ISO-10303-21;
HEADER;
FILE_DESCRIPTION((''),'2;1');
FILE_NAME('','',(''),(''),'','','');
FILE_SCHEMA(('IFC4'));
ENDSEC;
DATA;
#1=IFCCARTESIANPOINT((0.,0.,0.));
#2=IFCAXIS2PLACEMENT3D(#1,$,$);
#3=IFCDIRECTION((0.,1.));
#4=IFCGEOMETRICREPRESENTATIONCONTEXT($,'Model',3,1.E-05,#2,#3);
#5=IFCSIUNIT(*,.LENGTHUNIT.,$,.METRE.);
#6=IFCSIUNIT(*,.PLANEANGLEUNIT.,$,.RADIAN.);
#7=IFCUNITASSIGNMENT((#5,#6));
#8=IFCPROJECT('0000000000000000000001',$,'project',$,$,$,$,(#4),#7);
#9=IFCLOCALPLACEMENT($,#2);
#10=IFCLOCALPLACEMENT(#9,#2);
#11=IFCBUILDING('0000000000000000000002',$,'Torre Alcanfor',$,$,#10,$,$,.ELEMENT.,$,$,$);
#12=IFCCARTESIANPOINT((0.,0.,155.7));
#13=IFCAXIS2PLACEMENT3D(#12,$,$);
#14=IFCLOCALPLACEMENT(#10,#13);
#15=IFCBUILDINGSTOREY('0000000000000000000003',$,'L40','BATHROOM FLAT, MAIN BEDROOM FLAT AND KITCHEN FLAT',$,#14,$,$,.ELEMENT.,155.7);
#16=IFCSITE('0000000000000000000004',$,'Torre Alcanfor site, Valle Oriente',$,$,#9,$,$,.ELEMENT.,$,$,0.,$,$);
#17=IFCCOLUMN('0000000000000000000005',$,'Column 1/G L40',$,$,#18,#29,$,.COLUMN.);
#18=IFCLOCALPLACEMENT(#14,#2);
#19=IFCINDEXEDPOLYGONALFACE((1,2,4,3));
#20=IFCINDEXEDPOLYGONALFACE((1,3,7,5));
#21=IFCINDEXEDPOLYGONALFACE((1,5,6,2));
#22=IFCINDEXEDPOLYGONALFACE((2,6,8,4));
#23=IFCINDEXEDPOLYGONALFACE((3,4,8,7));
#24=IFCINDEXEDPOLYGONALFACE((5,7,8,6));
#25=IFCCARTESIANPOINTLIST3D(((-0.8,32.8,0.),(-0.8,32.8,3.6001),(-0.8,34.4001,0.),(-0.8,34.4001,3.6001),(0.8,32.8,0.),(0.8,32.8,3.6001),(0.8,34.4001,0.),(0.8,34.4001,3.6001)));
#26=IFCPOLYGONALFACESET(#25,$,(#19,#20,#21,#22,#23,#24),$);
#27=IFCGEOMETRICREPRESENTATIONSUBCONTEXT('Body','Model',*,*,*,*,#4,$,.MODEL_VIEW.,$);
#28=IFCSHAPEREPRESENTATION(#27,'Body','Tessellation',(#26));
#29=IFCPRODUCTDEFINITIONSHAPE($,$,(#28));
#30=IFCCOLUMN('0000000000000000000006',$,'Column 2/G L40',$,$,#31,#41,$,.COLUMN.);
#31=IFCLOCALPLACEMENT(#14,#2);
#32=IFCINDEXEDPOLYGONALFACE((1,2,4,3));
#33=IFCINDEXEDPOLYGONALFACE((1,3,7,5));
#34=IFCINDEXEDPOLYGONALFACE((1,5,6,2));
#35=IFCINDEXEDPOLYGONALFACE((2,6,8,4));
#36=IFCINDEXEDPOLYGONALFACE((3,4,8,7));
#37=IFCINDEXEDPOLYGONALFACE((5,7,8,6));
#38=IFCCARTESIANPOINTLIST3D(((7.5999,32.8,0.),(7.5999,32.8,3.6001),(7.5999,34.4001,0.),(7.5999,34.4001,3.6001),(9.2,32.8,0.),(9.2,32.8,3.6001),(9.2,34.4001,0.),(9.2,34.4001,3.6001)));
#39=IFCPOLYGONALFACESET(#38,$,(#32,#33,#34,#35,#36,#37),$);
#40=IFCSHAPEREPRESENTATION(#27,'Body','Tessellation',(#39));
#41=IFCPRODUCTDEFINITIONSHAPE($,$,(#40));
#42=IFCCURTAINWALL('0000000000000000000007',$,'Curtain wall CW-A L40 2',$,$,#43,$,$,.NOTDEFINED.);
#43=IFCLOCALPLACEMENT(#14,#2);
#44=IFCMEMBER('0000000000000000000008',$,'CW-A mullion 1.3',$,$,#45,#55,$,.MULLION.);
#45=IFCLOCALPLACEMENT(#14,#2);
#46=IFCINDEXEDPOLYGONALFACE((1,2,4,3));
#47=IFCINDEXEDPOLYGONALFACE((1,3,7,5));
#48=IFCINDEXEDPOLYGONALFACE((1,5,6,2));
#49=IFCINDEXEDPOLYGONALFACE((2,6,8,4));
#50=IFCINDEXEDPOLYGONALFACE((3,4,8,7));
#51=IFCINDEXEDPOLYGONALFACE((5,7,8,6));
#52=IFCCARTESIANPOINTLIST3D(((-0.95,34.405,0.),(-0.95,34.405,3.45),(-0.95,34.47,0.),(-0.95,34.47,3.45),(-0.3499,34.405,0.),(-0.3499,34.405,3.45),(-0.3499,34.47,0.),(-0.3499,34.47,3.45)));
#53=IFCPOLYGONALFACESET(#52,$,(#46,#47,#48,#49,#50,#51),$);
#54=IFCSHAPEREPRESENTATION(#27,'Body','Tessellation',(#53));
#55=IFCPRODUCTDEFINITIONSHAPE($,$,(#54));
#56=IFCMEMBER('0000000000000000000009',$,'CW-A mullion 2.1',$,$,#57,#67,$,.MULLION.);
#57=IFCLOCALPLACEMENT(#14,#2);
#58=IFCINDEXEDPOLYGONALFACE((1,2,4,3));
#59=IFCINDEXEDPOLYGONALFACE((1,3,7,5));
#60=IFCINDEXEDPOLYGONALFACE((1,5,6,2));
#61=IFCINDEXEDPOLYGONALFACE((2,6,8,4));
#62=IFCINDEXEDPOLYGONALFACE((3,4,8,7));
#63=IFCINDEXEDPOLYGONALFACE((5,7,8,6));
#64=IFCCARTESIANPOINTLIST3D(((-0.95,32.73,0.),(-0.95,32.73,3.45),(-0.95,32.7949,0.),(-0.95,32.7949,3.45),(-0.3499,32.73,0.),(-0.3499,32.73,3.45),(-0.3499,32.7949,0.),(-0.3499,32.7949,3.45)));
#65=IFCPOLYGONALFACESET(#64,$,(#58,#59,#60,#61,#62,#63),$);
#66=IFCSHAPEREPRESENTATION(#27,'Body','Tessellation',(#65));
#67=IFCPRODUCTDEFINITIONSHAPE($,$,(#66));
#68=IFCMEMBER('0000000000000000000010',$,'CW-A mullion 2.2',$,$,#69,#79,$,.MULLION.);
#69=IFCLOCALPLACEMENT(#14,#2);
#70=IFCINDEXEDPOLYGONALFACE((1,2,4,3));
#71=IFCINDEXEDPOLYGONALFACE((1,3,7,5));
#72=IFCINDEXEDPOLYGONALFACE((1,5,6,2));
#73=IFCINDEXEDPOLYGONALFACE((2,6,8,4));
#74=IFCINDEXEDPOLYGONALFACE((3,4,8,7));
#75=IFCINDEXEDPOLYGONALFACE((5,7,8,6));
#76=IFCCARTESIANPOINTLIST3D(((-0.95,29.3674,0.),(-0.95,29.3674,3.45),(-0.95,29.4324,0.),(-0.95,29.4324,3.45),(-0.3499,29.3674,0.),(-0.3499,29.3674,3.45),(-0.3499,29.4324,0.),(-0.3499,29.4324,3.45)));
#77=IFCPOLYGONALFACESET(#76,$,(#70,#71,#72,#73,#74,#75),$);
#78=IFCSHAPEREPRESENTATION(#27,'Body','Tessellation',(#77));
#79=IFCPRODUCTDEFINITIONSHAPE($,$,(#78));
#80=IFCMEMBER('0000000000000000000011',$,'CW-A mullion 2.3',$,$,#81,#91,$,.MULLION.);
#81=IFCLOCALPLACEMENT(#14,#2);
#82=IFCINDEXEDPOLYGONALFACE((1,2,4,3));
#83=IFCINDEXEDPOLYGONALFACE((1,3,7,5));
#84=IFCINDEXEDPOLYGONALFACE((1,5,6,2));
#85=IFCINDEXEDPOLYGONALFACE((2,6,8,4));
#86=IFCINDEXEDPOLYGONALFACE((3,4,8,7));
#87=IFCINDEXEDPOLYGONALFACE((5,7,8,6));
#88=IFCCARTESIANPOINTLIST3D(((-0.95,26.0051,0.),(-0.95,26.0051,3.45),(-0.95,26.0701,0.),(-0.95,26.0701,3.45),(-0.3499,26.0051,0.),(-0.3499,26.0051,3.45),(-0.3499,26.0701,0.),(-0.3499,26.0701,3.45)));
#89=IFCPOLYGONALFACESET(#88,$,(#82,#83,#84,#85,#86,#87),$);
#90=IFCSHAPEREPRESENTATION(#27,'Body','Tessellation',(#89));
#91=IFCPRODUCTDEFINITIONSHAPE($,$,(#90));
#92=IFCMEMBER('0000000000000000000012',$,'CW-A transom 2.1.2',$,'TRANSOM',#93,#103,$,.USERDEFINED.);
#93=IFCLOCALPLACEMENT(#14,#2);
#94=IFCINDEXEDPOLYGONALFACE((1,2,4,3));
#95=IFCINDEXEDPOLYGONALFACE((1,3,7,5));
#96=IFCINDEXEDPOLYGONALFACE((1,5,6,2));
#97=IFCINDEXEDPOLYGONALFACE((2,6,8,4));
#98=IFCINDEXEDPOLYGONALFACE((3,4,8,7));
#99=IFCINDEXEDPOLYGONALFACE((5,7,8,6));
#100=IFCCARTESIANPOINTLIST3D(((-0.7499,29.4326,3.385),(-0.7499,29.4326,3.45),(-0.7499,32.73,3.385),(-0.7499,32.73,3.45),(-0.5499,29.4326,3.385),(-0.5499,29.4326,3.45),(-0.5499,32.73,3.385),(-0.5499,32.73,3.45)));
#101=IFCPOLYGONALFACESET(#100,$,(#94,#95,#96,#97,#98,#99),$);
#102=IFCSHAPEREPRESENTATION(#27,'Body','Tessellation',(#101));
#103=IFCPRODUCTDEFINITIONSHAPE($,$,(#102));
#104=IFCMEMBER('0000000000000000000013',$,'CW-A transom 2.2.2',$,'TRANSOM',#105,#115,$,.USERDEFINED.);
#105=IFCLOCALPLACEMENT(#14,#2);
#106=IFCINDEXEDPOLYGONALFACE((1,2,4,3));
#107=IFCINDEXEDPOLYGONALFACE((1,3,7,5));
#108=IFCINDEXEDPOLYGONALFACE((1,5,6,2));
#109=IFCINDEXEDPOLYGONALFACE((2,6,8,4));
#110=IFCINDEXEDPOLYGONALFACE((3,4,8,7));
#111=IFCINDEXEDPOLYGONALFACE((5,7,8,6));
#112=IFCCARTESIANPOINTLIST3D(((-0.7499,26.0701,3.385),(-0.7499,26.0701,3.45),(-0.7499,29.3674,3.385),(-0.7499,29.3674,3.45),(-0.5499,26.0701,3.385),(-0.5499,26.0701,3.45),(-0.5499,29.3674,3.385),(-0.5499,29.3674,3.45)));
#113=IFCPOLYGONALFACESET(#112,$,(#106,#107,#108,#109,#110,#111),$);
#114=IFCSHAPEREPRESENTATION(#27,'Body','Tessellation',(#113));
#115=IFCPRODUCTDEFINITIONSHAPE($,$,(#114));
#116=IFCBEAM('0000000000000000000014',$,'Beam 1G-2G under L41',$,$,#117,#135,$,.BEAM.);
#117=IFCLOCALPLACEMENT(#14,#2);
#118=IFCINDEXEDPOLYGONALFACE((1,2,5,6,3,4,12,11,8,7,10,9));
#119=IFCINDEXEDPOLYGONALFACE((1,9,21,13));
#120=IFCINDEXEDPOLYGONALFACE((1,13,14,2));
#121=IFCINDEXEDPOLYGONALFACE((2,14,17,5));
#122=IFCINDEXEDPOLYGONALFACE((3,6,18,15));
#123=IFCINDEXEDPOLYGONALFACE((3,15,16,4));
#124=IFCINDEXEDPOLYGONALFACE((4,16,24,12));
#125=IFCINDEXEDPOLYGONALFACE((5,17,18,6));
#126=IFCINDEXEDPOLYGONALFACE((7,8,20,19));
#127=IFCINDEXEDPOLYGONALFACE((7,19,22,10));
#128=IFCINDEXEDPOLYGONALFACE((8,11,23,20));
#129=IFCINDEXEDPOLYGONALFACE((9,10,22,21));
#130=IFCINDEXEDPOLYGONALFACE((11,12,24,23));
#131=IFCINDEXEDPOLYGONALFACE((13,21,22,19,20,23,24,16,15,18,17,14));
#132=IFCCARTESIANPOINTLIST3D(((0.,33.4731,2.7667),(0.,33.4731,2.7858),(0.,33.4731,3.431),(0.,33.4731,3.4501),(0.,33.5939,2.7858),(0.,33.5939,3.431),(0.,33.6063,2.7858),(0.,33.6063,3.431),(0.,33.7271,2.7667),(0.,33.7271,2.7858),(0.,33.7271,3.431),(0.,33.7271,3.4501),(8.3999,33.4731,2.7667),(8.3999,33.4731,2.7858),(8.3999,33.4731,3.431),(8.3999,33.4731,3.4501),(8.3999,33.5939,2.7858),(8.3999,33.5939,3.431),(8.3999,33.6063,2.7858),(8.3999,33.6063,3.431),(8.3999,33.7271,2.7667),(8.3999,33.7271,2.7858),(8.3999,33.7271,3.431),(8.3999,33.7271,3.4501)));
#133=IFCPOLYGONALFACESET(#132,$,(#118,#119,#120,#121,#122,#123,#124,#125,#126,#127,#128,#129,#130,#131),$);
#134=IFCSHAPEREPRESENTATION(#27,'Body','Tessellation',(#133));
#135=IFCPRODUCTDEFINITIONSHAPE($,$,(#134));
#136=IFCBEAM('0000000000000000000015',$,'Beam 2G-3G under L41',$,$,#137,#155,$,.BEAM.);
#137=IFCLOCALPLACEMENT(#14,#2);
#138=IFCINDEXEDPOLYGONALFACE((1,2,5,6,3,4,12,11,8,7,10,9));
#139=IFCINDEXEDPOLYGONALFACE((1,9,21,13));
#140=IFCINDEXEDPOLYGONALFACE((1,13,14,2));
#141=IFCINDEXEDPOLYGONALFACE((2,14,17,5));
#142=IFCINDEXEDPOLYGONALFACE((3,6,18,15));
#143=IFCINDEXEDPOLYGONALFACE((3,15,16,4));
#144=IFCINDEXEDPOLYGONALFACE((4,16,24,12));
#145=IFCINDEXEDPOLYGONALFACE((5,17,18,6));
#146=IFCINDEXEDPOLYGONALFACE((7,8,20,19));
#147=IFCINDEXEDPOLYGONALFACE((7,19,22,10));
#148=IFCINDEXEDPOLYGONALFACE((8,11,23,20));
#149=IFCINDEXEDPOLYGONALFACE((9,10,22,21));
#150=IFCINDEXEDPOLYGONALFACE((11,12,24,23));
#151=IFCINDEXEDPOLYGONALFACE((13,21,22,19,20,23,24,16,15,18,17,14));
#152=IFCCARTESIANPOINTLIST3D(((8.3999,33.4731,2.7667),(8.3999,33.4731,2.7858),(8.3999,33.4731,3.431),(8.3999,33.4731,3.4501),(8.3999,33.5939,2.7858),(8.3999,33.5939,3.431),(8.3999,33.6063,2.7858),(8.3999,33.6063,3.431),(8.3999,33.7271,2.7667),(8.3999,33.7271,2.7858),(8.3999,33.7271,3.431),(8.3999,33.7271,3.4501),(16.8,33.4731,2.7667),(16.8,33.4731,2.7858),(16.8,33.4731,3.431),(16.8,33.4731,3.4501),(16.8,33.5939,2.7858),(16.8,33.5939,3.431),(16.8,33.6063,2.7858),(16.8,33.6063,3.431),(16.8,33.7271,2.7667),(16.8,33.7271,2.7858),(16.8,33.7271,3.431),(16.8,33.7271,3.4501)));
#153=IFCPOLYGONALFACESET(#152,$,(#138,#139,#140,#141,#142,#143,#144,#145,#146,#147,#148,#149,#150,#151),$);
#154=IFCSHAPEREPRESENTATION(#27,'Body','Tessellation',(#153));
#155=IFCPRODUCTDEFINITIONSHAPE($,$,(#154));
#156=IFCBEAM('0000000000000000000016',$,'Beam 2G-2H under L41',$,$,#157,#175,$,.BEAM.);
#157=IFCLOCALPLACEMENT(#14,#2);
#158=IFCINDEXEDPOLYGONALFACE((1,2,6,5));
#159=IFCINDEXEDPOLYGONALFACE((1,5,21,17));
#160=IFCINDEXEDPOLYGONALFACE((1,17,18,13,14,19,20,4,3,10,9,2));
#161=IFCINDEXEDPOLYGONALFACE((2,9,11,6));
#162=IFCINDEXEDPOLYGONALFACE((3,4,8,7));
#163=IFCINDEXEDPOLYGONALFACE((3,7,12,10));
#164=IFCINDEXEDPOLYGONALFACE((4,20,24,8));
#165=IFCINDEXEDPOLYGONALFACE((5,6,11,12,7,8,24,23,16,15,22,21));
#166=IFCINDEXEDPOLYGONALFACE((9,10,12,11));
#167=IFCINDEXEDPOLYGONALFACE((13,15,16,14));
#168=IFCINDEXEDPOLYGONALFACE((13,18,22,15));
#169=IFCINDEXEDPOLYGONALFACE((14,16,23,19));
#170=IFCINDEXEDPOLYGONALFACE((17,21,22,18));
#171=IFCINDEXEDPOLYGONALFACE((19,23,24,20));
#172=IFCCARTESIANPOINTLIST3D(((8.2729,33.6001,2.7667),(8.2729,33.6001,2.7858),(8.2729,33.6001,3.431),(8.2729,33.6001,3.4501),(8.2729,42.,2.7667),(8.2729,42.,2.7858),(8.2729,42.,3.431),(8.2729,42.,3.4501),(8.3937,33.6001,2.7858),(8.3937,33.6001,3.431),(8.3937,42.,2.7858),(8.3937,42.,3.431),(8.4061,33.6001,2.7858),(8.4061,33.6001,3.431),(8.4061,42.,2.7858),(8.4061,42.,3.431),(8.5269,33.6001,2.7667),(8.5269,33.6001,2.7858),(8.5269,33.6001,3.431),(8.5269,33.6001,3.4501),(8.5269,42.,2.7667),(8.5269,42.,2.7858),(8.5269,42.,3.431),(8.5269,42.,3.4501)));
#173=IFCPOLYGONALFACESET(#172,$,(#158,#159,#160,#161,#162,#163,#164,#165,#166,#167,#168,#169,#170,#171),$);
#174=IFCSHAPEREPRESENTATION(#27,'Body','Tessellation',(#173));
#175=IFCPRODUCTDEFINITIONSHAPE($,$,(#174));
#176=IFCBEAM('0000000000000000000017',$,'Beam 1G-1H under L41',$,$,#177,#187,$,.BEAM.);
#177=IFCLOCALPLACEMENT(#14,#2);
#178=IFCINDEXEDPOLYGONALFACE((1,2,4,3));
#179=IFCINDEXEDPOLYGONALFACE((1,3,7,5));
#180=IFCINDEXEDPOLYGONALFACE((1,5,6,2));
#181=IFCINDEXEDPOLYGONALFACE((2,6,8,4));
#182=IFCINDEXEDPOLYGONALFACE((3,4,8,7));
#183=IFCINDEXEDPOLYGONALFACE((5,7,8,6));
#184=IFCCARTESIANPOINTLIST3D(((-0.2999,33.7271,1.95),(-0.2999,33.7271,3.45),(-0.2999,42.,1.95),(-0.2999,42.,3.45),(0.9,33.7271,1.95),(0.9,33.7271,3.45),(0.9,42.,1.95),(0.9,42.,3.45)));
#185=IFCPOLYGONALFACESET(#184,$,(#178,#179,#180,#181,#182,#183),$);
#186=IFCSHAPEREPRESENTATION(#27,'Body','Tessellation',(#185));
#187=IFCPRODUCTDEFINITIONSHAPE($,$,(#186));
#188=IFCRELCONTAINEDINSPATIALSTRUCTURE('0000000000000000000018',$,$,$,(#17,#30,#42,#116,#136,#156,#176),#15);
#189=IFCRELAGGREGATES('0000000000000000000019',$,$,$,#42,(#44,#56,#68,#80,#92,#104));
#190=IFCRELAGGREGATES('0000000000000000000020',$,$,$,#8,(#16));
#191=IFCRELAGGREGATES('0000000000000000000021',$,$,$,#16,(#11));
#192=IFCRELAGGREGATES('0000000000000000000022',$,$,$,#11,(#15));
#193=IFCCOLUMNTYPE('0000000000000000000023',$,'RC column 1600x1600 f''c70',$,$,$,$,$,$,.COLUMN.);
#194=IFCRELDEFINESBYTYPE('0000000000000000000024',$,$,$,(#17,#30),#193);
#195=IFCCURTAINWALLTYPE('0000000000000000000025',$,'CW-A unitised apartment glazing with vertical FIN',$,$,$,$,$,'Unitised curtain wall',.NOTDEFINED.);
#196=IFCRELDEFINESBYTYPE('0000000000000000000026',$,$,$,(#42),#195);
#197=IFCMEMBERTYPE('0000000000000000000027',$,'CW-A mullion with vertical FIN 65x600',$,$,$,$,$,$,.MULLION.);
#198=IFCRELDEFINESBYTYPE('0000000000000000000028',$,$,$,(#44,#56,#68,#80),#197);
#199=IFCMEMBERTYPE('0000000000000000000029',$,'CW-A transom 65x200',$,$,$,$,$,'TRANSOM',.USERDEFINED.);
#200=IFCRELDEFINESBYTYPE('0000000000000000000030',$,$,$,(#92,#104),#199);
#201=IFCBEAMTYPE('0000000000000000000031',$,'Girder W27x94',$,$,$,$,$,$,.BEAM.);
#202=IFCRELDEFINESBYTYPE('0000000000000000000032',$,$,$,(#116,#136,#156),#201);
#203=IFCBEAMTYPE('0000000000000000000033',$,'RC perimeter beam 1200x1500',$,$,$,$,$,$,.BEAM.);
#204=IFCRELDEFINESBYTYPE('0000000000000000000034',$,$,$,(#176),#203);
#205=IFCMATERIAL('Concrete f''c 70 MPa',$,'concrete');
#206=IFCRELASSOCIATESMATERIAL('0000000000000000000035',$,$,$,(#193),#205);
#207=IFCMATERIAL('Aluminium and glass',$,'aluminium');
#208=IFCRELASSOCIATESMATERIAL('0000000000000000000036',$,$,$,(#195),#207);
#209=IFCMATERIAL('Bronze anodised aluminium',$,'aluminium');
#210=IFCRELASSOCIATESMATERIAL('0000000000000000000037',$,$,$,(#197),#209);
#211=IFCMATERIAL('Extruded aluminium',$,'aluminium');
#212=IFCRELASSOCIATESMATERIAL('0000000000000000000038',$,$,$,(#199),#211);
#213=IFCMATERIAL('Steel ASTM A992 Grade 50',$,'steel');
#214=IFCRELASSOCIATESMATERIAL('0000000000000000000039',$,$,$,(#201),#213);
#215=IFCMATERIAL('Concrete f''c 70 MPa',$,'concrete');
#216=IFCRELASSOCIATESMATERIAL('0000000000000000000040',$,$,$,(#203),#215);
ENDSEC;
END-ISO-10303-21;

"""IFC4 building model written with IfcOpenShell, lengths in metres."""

from ifc_helpers import new_model, si_unit, direction, frame, origin, origin_2d, place, context, subcontext, project, spatial, rectangle, i_section, extrude, material, material_profile, profile_set, type_object, element, aggregate, save


model = new_model("IFC4")

# Units and contexts
model_context = context("Model", 3, precision=1e-05, world=origin(), true_north=direction((0.0, 1.0)))
body_context = subcontext(model_context, "Body", "Model", "MODEL_VIEW")
ifc_project = project(units=[si_unit("LENGTHUNIT", "METRE"), si_unit("PLANEANGLEUNIT", "RADIAN")], contexts=[model_context])

# Site, building, storey
site_placement = place(None, origin())
site = spatial("IfcSite", under=ifc_project, at=site_placement, Name="Torre Alcanfor site, Valle Oriente", CompositionType="ELEMENT", RefElevation=0.0)
building_placement = place(site_placement, origin())
building = spatial("IfcBuilding", under=site, at=building_placement, Name="Torre Alcanfor", CompositionType="ELEMENT")
storey_placement = place(building_placement, frame((0.0, 0.0, 155.7)))
storey = spatial("IfcBuildingStorey", under=building, at=storey_placement, Name="L40", Description="BATHROOM FLAT, MAIN BEDROOM FLAT AND KITCHEN FLAT", CompositionType="ELEMENT", Elevation=155.7)

# Columns
ifc_material_1 = material(Name="Concrete f'c 70 MPa", Category="concrete")
ifc_material_profile_1 = material_profile(ifc_material_1, rectangle(XDim=1.6001, YDim=1.6001, at=origin_2d()), Name="1600x1600")
ifc_profile_set_1 = profile_set([ifc_material_profile_1], Name="Concrete f'c 70 MPa")
column_type = type_object("IfcColumnType", Name="RC column 1600x1600 f'c70", PredefinedType="COLUMN", material=ifc_profile_set_1)
for number, where, z_axis, x_axis, name in (
    (1, (0.0, 33.6001, 0.0), (0.0, 0.0, 1.0), (1.0, 0.0, 0.0), "Column 1/G L40"),
    (2, (8.3999, 33.6001, 0.0), (0.0, 0.0, 1.0), (1.0, 0.0, 0.0), "Column 2/G L40"),
):
    element("IfcColumn", number, at=place(storey_placement, frame(where, z_axis=z_axis, x_axis=x_axis)), inside=storey, type_object=column_type, Name=name, PredefinedType="COLUMN", context=body_context, shape_type="SweptSolid", body=[
        extrude(rectangle(XDim=1.6001, YDim=1.6001, at=origin_2d()), origin(), (0.0, 0.0, 1.0), 3.6001),
    ])

# Curtain wall, members
ifc_material_2 = material(Name="Aluminium and glass", Category="aluminium")
curtain_wall_type = type_object("IfcCurtainWallType", Name="CW-A unitised apartment glazing with vertical FIN", ElementType="Unitised curtain wall", PredefinedType="NOTDEFINED", material=ifc_material_2)
curtain_wall_placement = place(storey_placement, origin())
curtain_wall = element("IfcCurtainWall", 3, at=curtain_wall_placement, inside=storey, type_object=curtain_wall_type, Name="Curtain wall CW-A L40 2", PredefinedType="NOTDEFINED")
ifc_material_3 = material(Name="Bronze anodised aluminium", Category="aluminium")
ifc_material_profile_2 = material_profile(ifc_material_3, rectangle(XDim=0.6001, YDim=0.0649, at=origin_2d()), Name="CW-A mullion 65x600")
ifc_profile_set_2 = profile_set([ifc_material_profile_2], Name="Bronze anodised aluminium")
member_type_1 = type_object("IfcMemberType", Name="CW-A mullion with vertical FIN 65x600", PredefinedType="MULLION", material=ifc_profile_set_2)
member_1_placement = place(storey_placement, frame((-0.6499, 34.4375, 0.0), z_axis=(0.0, 0.0, 1.0), x_axis=(1.0, 0.0, 0.0)))
member_1 = element("IfcMember", 4, at=member_1_placement, type_object=member_type_1, Name="CW-A mullion 1.3", PredefinedType="MULLION", context=body_context, shape_type="SweptSolid", body=[
    extrude(rectangle(XDim=0.6001, YDim=0.0649, at=origin_2d()), origin(), (0.0, 0.0, 1.0), 3.45),
])
member_2_placement = place(storey_placement, frame((-0.6499, 32.7625, 0.0), z_axis=(0.0, 0.0, 1.0), x_axis=(1.0, 0.0, 0.0)))
member_2 = element("IfcMember", 5, at=member_2_placement, type_object=member_type_1, Name="CW-A mullion 2.1", PredefinedType="MULLION", context=body_context, shape_type="SweptSolid", body=[
    extrude(rectangle(XDim=0.6001, YDim=0.0649, at=origin_2d()), origin(), (0.0, 0.0, 1.0), 3.45),
])
member_3_placement = place(storey_placement, frame((-0.6499, 29.3999, 0.0), z_axis=(0.0, 0.0, 1.0), x_axis=(1.0, 0.0, 0.0)))
member_3 = element("IfcMember", 6, at=member_3_placement, type_object=member_type_1, Name="CW-A mullion 2.2", PredefinedType="MULLION", context=body_context, shape_type="SweptSolid", body=[
    extrude(rectangle(XDim=0.6001, YDim=0.0649, at=origin_2d()), origin(), (0.0, 0.0, 1.0), 3.45),
])
member_4_placement = place(storey_placement, frame((-0.6499, 26.0376, 0.0), z_axis=(0.0, 0.0, 1.0), x_axis=(1.0, 0.0, 0.0)))
member_4 = element("IfcMember", 7, at=member_4_placement, type_object=member_type_1, Name="CW-A mullion 2.3", PredefinedType="MULLION", context=body_context, shape_type="SweptSolid", body=[
    extrude(rectangle(XDim=0.6001, YDim=0.0649, at=origin_2d()), origin(), (0.0, 0.0, 1.0), 3.45),
])
ifc_material_4 = material(Name="Extruded aluminium", Category="aluminium")
ifc_material_profile_3 = material_profile(ifc_material_4, rectangle(XDim=0.2, YDim=0.0649, at=origin_2d()), Name="CW-A transom 200x65")
ifc_profile_set_3 = profile_set([ifc_material_profile_3], Name="Extruded aluminium")
member_type_2 = type_object("IfcMemberType", Name="CW-A transom 65x200", ElementType="TRANSOM", PredefinedType="USERDEFINED", material=ifc_profile_set_3)
member_5_placement = place(storey_placement, frame((-0.6499, 32.73, 3.4175), z_axis=(0.0, -1.0, 0.0), x_axis=(1.0, 0.0, 0.0)))
member_5 = element("IfcMember", 8, at=member_5_placement, type_object=member_type_2, Name="CW-A transom 2.1.2", ObjectType="TRANSOM", PredefinedType="USERDEFINED", context=body_context, shape_type="SweptSolid", body=[
    extrude(rectangle(XDim=0.2, YDim=0.0649, at=origin_2d()), origin(), (0.0, 0.0, 1.0), 3.2974),
])
member_6_placement = place(storey_placement, frame((-0.6499, 29.3674, 3.4175), z_axis=(0.0, -1.0, 0.0), x_axis=(1.0, 0.0, 0.0)))
member_6 = element("IfcMember", 9, at=member_6_placement, type_object=member_type_2, Name="CW-A transom 2.2.2", ObjectType="TRANSOM", PredefinedType="USERDEFINED", context=body_context, shape_type="SweptSolid", body=[
    extrude(rectangle(XDim=0.2, YDim=0.0649, at=origin_2d()), origin(), (0.0, 0.0, 1.0), 3.2974),
])

# Beams
ifc_material_5 = material(Name="Steel ASTM A992 Grade 50", Category="steel")
ifc_material_profile_4 = material_profile(ifc_material_5, i_section(OverallWidth=0.2539, OverallDepth=0.6833, WebThickness=0.0125, FlangeThickness=0.019, at=origin_2d()), Name="W27x94")
ifc_profile_set_4 = profile_set([ifc_material_profile_4], Name="Steel ASTM A992 Grade 50")
beam_type_1 = type_object("IfcBeamType", Name="Girder W27x94", PredefinedType="BEAM", material=ifc_profile_set_4)
beam_1_placement = place(storey_placement, frame((0.0, 33.6001, 3.1084), z_axis=(1.0, 0.0, 0.0), x_axis=(0.0, 1.0, 0.0)))
element("IfcBeam", 10, at=beam_1_placement, inside=storey, type_object=beam_type_1, Name="Beam 1G-2G under L41", PredefinedType="BEAM", context=body_context, shape_type="SweptSolid", body=[
    extrude(i_section(OverallWidth=0.2539, OverallDepth=0.6833, WebThickness=0.0125, FlangeThickness=0.019, at=origin_2d()), origin(), (0.0, 0.0, 1.0), 8.3999),
])
beam_2_placement = place(storey_placement, frame((8.3999, 33.6001, 3.1084), z_axis=(1.0, 0.0, 0.0), x_axis=(0.0, 1.0, 0.0)))
element("IfcBeam", 11, at=beam_2_placement, inside=storey, type_object=beam_type_1, Name="Beam 2G-3G under L41", PredefinedType="BEAM", context=body_context, shape_type="SweptSolid", body=[
    extrude(i_section(OverallWidth=0.2539, OverallDepth=0.6833, WebThickness=0.0125, FlangeThickness=0.019, at=origin_2d()), origin(), (0.0, 0.0, 1.0), 8.4001),
])
beam_3_placement = place(storey_placement, frame((8.3999, 33.6001, 3.1084), z_axis=(0.0, 1.0, 0.0), x_axis=(-1.0, 0.0, 0.0)))
element("IfcBeam", 12, at=beam_3_placement, inside=storey, type_object=beam_type_1, Name="Beam 2G-2H under L41", PredefinedType="BEAM", context=body_context, shape_type="SweptSolid", body=[
    extrude(i_section(OverallWidth=0.2539, OverallDepth=0.6833, WebThickness=0.0125, FlangeThickness=0.019, at=origin_2d()), origin(), (0.0, 0.0, 1.0), 8.3999),
])
ifc_material_6 = material(Name="Concrete f'c 70 MPa", Category="concrete")
ifc_material_profile_5 = material_profile(ifc_material_6, rectangle(XDim=1.2, YDim=1.5, at=origin_2d()), Name="1200x1500")
ifc_profile_set_5 = profile_set([ifc_material_profile_5], Name="Concrete f'c 70 MPa")
beam_type_2 = type_object("IfcBeamType", Name="RC perimeter beam 1200x1500", PredefinedType="BEAM", material=ifc_profile_set_5)
beam_4_placement = place(storey_placement, frame((0.3, 33.7271, 2.7), z_axis=(0.0, 1.0, 0.0), x_axis=(-1.0, 0.0, 0.0)))
element("IfcBeam", 13, at=beam_4_placement, inside=storey, type_object=beam_type_2, Name="Beam 1G-1H under L41", PredefinedType="BEAM", context=body_context, shape_type="SweptSolid", body=[
    extrude(rectangle(XDim=1.2, YDim=1.5, at=origin_2d()), origin(), (0.0, 0.0, 1.0), 8.2729),
])

aggregate(curtain_wall, [member_1, member_2, member_3, member_4, member_5, member_6])

save(model, "model.ifc")
